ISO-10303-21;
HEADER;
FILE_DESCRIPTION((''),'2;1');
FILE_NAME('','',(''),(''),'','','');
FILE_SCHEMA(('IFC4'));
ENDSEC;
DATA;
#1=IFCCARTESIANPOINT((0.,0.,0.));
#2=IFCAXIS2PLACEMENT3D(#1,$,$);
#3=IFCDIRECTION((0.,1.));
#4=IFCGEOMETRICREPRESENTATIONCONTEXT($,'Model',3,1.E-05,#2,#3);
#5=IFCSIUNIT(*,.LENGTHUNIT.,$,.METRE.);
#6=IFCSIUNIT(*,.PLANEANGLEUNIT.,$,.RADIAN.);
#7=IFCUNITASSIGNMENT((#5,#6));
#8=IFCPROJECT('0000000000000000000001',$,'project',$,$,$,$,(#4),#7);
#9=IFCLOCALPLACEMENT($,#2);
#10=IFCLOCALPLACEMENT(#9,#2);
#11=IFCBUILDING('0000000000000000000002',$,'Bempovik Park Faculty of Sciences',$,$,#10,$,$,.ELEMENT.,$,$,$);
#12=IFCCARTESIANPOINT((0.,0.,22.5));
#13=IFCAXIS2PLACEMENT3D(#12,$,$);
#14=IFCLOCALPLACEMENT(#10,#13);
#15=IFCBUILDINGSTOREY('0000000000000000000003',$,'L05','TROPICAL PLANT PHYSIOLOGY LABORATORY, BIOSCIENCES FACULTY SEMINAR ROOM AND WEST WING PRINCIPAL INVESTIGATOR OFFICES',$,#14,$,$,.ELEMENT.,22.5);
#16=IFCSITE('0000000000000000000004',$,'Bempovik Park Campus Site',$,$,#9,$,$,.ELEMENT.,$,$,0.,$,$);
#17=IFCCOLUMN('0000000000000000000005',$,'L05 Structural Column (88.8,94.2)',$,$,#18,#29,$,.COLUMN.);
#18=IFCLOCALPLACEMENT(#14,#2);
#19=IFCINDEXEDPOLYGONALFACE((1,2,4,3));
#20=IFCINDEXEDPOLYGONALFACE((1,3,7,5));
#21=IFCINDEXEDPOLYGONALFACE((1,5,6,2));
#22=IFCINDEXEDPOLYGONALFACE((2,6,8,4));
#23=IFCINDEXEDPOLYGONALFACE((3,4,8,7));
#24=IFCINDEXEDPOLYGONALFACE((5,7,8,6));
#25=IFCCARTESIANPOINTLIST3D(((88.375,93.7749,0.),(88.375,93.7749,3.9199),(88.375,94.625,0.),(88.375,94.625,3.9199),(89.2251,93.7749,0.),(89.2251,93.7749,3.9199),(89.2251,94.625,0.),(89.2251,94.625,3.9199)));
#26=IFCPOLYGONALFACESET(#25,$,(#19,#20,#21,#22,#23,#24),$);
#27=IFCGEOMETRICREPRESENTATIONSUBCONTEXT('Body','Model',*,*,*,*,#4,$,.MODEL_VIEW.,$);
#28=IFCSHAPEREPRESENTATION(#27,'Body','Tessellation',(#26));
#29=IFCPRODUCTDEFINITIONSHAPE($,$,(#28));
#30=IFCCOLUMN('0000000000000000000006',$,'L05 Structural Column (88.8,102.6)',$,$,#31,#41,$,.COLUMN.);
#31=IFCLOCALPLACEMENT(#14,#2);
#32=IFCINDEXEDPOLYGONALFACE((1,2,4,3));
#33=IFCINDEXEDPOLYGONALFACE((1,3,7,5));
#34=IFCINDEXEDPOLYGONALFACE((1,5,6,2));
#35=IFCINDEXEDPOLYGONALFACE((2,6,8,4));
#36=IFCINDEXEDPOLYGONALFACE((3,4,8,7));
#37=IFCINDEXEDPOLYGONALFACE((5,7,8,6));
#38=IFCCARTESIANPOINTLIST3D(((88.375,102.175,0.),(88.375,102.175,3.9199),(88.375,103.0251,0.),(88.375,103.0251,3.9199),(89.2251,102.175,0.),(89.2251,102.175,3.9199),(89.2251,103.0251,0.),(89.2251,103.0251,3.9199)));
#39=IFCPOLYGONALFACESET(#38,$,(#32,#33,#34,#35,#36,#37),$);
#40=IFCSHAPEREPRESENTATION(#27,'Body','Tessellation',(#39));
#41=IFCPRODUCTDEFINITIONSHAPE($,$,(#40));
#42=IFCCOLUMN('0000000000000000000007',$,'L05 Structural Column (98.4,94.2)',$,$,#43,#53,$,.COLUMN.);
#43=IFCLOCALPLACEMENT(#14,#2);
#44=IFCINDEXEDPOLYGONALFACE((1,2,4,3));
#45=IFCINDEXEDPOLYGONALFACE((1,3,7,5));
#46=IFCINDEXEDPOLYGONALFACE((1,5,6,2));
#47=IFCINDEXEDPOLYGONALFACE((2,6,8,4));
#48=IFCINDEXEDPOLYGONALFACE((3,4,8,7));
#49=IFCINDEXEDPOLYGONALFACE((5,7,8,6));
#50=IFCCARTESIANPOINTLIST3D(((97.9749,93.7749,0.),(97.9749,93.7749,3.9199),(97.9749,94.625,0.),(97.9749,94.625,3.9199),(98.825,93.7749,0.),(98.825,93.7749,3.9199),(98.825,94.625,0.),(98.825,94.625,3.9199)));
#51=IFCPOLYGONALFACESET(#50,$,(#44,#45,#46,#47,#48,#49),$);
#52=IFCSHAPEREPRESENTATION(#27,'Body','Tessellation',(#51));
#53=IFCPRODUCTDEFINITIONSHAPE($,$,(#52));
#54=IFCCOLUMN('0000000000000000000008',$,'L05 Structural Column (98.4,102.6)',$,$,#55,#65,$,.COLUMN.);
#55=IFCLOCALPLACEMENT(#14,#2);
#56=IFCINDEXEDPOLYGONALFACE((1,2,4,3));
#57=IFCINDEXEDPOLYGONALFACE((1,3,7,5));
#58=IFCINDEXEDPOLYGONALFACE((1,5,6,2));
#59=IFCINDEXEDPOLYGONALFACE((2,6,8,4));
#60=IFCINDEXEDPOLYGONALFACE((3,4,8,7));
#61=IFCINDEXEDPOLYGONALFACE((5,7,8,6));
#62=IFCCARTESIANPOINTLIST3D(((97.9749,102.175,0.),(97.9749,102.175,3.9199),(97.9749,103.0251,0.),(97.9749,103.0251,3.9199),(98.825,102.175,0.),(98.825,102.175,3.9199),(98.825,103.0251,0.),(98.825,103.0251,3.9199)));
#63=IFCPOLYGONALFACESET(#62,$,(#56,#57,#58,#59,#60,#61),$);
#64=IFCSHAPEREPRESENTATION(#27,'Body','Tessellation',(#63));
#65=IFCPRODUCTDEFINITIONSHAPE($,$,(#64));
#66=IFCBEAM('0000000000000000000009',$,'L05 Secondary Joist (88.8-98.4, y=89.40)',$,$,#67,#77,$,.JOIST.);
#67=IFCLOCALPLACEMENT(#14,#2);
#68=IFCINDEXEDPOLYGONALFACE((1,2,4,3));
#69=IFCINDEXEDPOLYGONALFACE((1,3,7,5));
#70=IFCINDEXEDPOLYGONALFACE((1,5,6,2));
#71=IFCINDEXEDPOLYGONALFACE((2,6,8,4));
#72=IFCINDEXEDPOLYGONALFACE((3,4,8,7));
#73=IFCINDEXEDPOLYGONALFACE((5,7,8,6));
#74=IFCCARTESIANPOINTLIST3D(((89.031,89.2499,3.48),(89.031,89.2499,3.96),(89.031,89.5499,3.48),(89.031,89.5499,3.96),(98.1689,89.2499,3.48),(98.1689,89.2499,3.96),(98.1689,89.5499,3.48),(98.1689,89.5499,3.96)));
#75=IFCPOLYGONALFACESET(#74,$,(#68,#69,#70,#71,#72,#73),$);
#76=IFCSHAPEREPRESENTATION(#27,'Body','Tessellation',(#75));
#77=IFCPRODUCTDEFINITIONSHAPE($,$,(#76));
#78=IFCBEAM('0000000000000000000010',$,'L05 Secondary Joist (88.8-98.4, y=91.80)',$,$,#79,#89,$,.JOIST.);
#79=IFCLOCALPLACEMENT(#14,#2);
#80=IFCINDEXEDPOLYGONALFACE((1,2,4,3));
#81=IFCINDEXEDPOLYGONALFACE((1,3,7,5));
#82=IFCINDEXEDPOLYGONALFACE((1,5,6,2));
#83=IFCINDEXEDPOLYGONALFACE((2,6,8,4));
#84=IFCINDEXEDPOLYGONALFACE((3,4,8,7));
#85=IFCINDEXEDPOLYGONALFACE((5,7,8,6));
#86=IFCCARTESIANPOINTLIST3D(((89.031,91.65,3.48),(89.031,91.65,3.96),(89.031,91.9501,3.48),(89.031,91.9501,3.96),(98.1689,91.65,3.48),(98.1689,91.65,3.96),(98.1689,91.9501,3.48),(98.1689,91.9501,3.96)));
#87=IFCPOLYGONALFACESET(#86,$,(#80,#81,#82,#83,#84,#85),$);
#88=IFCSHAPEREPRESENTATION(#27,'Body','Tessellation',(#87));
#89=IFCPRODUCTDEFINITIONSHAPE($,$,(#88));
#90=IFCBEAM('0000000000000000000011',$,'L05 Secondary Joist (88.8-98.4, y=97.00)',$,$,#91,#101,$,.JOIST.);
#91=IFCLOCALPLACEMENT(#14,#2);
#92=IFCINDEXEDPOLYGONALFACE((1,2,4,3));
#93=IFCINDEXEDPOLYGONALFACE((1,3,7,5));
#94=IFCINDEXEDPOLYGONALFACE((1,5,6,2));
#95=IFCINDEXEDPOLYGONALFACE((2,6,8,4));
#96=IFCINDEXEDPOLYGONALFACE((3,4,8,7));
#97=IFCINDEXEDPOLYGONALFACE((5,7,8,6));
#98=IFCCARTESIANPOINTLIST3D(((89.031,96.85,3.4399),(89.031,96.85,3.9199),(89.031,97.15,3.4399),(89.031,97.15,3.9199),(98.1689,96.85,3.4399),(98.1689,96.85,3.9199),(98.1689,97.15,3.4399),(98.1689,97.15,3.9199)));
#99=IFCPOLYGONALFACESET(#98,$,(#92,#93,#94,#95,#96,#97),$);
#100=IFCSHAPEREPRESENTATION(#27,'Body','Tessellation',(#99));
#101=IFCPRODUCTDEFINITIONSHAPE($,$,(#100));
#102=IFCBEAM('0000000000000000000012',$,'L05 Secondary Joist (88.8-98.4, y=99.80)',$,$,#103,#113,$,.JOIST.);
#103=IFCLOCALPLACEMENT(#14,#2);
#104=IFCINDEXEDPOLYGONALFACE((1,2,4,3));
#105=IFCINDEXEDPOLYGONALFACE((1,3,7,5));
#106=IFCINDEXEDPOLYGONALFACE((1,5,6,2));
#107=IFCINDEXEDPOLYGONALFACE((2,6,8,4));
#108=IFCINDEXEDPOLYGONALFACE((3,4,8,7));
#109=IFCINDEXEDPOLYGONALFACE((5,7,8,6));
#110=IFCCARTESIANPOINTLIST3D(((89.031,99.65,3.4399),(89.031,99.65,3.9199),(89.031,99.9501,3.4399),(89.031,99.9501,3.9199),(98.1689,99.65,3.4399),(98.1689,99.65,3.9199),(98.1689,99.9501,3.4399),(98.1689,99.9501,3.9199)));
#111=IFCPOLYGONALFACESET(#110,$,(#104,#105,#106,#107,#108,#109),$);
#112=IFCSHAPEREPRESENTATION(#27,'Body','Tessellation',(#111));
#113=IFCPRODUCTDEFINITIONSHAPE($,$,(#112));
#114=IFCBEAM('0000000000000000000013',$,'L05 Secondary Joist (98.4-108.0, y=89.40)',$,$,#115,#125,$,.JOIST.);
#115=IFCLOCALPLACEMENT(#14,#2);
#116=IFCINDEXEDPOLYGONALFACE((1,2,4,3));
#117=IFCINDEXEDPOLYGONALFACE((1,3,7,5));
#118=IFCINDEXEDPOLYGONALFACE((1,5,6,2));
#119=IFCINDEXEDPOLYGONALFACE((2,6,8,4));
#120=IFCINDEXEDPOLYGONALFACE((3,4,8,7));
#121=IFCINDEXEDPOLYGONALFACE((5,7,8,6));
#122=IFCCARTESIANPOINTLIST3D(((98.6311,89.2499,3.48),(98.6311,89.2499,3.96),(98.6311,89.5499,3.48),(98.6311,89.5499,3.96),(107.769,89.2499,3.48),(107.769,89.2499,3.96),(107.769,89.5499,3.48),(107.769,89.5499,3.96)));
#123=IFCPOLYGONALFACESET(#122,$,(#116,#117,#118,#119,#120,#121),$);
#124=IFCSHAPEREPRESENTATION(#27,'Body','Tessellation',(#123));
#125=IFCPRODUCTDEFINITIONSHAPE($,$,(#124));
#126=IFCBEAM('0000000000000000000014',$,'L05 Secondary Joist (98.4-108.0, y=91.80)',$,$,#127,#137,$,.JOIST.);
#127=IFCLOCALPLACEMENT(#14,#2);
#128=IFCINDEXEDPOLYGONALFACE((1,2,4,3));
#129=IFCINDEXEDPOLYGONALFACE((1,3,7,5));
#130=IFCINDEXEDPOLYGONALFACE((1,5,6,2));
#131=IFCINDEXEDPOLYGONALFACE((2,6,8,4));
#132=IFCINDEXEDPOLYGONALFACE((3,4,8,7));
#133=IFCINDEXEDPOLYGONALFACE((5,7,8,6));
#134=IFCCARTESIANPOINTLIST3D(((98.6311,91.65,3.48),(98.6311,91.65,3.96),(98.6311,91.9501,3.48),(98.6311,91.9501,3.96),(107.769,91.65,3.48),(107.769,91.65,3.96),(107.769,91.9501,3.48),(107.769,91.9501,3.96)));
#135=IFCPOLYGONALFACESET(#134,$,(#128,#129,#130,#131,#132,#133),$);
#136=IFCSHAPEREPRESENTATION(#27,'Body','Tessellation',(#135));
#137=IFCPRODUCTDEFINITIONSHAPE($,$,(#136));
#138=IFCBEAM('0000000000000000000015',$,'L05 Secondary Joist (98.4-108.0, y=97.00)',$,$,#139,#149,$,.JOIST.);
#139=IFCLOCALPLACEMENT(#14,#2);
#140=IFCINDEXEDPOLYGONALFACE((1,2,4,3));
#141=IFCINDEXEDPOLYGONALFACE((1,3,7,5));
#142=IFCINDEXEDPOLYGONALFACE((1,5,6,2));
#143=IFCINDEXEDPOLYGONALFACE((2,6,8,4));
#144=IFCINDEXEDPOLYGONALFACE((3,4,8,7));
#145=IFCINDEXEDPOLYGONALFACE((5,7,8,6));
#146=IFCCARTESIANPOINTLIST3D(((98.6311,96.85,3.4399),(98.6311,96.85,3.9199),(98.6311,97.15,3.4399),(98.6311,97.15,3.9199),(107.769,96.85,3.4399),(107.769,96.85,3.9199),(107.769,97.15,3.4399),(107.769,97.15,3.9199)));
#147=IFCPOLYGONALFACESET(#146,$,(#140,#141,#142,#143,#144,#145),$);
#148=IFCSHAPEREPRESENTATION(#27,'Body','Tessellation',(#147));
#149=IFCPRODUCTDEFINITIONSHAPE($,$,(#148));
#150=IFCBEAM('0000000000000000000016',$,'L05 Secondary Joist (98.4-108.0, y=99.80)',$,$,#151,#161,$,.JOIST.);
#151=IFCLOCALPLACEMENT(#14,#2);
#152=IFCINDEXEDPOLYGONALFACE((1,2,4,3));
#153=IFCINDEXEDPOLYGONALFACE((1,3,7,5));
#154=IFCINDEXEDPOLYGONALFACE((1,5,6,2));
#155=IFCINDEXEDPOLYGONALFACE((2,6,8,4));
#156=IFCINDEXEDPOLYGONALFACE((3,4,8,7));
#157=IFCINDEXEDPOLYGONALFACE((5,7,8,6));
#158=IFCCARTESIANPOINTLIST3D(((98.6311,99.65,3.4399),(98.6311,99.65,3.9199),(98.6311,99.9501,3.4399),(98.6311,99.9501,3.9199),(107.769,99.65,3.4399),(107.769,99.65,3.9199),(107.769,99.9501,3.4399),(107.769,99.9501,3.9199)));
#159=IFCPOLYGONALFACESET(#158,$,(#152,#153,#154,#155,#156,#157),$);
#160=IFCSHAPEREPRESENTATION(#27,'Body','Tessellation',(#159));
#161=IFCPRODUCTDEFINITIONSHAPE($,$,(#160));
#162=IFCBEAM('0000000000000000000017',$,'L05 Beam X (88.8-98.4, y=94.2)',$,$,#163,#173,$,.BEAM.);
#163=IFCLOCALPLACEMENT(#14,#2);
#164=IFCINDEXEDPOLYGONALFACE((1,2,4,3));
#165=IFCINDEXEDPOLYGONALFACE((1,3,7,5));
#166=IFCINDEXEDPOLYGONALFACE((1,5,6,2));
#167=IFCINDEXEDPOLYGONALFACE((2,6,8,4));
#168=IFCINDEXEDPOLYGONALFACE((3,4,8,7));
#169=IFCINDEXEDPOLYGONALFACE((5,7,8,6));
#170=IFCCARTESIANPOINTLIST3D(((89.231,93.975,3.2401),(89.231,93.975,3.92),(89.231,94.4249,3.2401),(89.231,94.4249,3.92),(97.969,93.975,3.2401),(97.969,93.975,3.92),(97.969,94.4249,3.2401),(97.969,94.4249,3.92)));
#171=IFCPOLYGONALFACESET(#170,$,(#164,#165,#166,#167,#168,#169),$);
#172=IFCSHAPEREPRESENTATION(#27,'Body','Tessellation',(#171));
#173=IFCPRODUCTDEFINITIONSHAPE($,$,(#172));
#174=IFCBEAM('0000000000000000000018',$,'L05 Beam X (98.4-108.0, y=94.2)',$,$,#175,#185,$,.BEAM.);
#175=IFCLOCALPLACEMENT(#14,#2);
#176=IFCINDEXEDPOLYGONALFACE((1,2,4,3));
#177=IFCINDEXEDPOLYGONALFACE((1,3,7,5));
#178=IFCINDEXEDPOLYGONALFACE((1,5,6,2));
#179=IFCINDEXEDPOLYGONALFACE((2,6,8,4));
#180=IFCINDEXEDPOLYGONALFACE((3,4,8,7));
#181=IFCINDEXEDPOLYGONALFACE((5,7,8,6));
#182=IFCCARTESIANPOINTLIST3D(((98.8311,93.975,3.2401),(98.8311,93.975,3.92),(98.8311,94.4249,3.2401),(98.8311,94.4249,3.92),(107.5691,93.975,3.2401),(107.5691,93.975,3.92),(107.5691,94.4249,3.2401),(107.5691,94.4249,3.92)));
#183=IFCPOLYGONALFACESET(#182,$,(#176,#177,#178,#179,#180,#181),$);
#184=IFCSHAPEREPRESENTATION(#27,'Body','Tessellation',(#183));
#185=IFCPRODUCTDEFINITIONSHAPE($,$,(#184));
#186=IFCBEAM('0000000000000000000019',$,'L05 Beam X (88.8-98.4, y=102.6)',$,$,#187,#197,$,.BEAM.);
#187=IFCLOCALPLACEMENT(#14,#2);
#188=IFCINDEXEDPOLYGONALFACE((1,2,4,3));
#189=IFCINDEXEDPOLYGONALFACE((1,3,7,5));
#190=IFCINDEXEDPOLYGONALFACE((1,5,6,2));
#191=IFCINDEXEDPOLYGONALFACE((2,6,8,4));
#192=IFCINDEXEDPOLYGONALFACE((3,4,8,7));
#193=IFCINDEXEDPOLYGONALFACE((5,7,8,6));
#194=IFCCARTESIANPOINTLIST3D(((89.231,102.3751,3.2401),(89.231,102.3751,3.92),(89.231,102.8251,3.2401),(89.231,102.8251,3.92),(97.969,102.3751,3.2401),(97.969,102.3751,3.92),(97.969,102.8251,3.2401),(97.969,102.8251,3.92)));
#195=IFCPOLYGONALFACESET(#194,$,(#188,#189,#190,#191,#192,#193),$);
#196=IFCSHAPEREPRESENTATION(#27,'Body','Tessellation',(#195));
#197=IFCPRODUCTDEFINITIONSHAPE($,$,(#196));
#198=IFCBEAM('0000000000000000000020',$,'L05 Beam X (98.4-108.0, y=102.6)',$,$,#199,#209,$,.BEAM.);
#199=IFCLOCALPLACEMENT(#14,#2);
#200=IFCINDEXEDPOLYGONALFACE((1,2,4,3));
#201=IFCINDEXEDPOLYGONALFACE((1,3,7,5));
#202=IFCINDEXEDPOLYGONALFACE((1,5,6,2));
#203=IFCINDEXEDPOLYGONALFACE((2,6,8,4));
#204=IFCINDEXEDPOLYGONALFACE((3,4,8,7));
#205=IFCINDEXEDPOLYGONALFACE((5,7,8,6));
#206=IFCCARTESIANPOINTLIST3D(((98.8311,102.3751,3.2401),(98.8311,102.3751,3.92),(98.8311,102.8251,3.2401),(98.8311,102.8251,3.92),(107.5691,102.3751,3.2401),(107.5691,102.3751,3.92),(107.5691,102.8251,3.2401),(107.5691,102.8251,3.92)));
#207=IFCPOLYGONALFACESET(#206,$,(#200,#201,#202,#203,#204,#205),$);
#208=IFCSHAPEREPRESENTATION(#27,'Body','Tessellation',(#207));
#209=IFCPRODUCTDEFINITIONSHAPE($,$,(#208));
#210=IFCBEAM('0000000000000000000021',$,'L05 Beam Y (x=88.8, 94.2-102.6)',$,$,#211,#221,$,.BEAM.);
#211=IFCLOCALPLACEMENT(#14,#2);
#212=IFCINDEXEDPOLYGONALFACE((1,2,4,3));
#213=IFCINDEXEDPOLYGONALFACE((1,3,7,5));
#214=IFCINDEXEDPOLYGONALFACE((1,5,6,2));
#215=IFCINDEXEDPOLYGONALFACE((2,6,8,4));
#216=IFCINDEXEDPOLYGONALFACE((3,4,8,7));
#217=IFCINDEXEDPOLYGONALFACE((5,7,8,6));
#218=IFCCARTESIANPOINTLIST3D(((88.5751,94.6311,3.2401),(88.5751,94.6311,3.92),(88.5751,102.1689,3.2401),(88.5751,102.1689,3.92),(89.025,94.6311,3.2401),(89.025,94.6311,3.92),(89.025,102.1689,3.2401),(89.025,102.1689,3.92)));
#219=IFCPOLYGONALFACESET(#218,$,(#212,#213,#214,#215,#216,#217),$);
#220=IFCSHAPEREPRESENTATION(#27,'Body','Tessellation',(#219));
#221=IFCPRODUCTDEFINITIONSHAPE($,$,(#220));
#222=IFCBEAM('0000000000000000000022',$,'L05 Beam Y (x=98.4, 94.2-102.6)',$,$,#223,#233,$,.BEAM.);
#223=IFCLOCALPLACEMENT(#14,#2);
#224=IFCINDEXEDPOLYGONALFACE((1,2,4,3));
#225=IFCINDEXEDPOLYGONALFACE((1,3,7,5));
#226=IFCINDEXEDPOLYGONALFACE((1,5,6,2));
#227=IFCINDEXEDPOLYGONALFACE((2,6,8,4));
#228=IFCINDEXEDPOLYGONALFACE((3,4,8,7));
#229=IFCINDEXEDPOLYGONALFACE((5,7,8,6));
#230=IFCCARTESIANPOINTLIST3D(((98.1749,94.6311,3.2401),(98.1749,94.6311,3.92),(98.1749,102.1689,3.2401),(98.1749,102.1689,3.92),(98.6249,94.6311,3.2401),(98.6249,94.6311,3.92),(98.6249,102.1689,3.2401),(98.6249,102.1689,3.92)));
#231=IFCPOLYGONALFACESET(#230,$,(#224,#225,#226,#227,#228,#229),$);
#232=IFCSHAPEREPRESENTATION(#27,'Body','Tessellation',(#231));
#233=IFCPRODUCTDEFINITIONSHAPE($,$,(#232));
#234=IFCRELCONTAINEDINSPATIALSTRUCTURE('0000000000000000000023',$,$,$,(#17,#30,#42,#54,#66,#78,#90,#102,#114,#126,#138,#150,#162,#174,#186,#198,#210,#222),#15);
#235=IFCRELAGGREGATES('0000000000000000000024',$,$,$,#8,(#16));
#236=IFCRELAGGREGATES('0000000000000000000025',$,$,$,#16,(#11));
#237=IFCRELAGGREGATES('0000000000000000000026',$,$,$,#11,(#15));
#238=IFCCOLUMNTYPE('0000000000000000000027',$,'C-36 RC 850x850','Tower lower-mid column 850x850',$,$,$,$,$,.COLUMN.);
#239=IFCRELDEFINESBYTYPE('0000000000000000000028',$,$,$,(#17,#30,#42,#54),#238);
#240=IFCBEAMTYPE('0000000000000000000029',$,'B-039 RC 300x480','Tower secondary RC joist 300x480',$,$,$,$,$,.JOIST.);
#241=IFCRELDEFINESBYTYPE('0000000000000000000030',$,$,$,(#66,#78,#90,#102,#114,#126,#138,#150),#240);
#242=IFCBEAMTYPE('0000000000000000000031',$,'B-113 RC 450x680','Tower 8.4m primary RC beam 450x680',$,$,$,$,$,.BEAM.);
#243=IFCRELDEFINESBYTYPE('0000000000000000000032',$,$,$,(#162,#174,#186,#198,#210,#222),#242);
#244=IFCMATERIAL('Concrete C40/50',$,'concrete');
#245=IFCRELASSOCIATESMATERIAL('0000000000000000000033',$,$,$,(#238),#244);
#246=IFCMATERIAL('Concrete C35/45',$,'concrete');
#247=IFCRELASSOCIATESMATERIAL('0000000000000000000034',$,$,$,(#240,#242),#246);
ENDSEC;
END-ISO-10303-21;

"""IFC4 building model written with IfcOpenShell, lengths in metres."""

from ifc_helpers import new_model, si_unit, direction, frame, origin, origin_2d, place, context, subcontext, project, spatial, rectangle, extrude, material, material_profile, profile_set, type_object, element, save


model = new_model("IFC4")

# Units and contexts
model_context = context("Model", 3, precision=1e-05, world=origin(), true_north=direction((0.0, 1.0)))
body_context = subcontext(model_context, "Body", "Model", "MODEL_VIEW")
ifc_project = project(units=[si_unit("LENGTHUNIT", "METRE"), si_unit("PLANEANGLEUNIT", "RADIAN")], contexts=[model_context])

# Site, building, storey
site_placement = place(None, origin())
site = spatial("IfcSite", under=ifc_project, at=site_placement, Name="Bempovik Park Campus Site", CompositionType="ELEMENT", RefElevation=0.0)
building_placement = place(site_placement, origin())
building = spatial("IfcBuilding", under=site, at=building_placement, Name="Bempovik Park Faculty of Sciences", CompositionType="ELEMENT")
storey_placement = place(building_placement, frame((0.0, 0.0, 22.5)))
storey = spatial("IfcBuildingStorey", under=building, at=storey_placement, Name="L05", Description="TROPICAL PLANT PHYSIOLOGY LABORATORY, BIOSCIENCES FACULTY SEMINAR ROOM AND WEST WING PRINCIPAL INVESTIGATOR OFFICES", CompositionType="ELEMENT", Elevation=22.5)

# Columns
ifc_material_1 = material(Name="Concrete C40/50", Category="concrete")
ifc_material_profile_1 = material_profile(ifc_material_1, rectangle(XDim=0.8501, YDim=0.8501, at=origin_2d()), Name="RC 850x850")
ifc_profile_set_1 = profile_set([ifc_material_profile_1], Name="Concrete C40/50")
column_type = type_object("IfcColumnType", Name="C-36 RC 850x850", Description="Tower lower-mid column 850x850", PredefinedType="COLUMN", material=ifc_profile_set_1)
for number, where, z_axis, x_axis, name in (
    (1, (88.8, 94.2, 0.0), (0.0, 0.0, 1.0), (1.0, 0.0, 0.0), "L05 Structural Column (88.8,94.2)"),
    (2, (88.8, 102.6001, 0.0), (0.0, 0.0, 1.0), (1.0, 0.0, 0.0), "L05 Structural Column (88.8,102.6)"),
    (3, (98.3999, 94.2, 0.0), (0.0, 0.0, 1.0), (1.0, 0.0, 0.0), "L05 Structural Column (98.4,94.2)"),
    (4, (98.3999, 102.6001, 0.0), (0.0, 0.0, 1.0), (1.0, 0.0, 0.0), "L05 Structural Column (98.4,102.6)"),
):
    element("IfcColumn", number, at=place(storey_placement, frame(where, z_axis=z_axis, x_axis=x_axis)), inside=storey, type_object=column_type, Name=name, PredefinedType="COLUMN", context=body_context, shape_type="SweptSolid", body=[
        extrude(rectangle(XDim=0.8501, YDim=0.8501, at=origin_2d()), origin(), (0.0, 0.0, 1.0), 3.9199),
    ])

# Beams
ifc_material_2 = material(Name="Concrete C35/45", Category="concrete")
ifc_material_profile_2 = material_profile(ifc_material_2, rectangle(XDim=0.3, YDim=0.48, at=origin_2d()), Name="RC 300x480")
ifc_profile_set_2 = profile_set([ifc_material_profile_2], Name="Concrete C35/45")
beam_type_1 = type_object("IfcBeamType", Name="B-039 RC 300x480", Description="Tower secondary RC joist 300x480", PredefinedType="JOIST", material=ifc_profile_set_2)
for number, where, z_axis, x_axis, name in (
    (5, (89.031, 89.3999, 3.72), (1.0, 0.0, 0.0), (0.0, 1.0, 0.0), "L05 Secondary Joist (88.8-98.4, y=89.40)"),
    (6, (89.031, 91.8, 3.72), (1.0, 0.0, 0.0), (0.0, 1.0, 0.0), "L05 Secondary Joist (88.8-98.4, y=91.80)"),
    (7, (89.031, 97.0, 3.6799), (1.0, 0.0, 0.0), (0.0, 1.0, 0.0), "L05 Secondary Joist (88.8-98.4, y=97.00)"),
    (8, (89.031, 99.8, 3.6799), (1.0, 0.0, 0.0), (0.0, 1.0, 0.0), "L05 Secondary Joist (88.8-98.4, y=99.80)"),
    (9, (98.6311, 89.3999, 3.72), (1.0, 0.0, 0.0), (0.0, 1.0, 0.0), "L05 Secondary Joist (98.4-108.0, y=89.40)"),
    (10, (98.6311, 91.8, 3.72), (1.0, 0.0, 0.0), (0.0, 1.0, 0.0), "L05 Secondary Joist (98.4-108.0, y=91.80)"),
    (11, (98.6311, 97.0, 3.6799), (1.0, 0.0, 0.0), (0.0, 1.0, 0.0), "L05 Secondary Joist (98.4-108.0, y=97.00)"),
    (12, (98.6311, 99.8, 3.6799), (1.0, 0.0, 0.0), (0.0, 1.0, 0.0), "L05 Secondary Joist (98.4-108.0, y=99.80)"),
):
    element("IfcBeam", number, at=place(storey_placement, frame(where, z_axis=z_axis, x_axis=x_axis)), inside=storey, type_object=beam_type_1, Name=name, PredefinedType="JOIST", context=body_context, shape_type="SweptSolid", body=[
        extrude(rectangle(XDim=0.3, YDim=0.48, at=origin_2d()), origin(), (0.0, 0.0, 1.0), 9.1379),
    ])
ifc_material_profile_3 = material_profile(ifc_material_2, rectangle(XDim=0.45, YDim=0.6799, at=origin_2d()), Name="RC 450x680")
ifc_profile_set_3 = profile_set([ifc_material_profile_3], Name="Concrete C35/45")
beam_type_2 = type_object("IfcBeamType", Name="B-113 RC 450x680", Description="Tower 8.4m primary RC beam 450x680", PredefinedType="BEAM", material=ifc_profile_set_3)
for number, where, z_axis, x_axis, name in (
    (13, (89.231, 94.2, 3.5801), (1.0, 0.0, 0.0), (0.0, 1.0, 0.0), "L05 Beam X (88.8-98.4, y=94.2)"),
    (14, (98.8311, 94.2, 3.5801), (1.0, 0.0, 0.0), (0.0, 1.0, 0.0), "L05 Beam X (98.4-108.0, y=94.2)"),
    (15, (89.231, 102.6001, 3.5801), (1.0, 0.0, 0.0), (0.0, 1.0, 0.0), "L05 Beam X (88.8-98.4, y=102.6)"),
    (16, (98.8311, 102.6001, 3.5801), (1.0, 0.0, 0.0), (0.0, 1.0, 0.0), "L05 Beam X (98.4-108.0, y=102.6)"),
):
    element("IfcBeam", number, at=place(storey_placement, frame(where, z_axis=z_axis, x_axis=x_axis)), inside=storey, type_object=beam_type_2, Name=name, PredefinedType="BEAM", context=body_context, shape_type="SweptSolid", body=[
        extrude(rectangle(XDim=0.45, YDim=0.6799, at=origin_2d()), origin(), (0.0, 0.0, 1.0), 8.738),
    ])
for number, where, z_axis, x_axis, name in (
    (17, (88.8, 94.6311, 3.5801), (0.0, 1.0, 0.0), (-1.0, 0.0, 0.0), "L05 Beam Y (x=88.8, 94.2-102.6)"),
    (18, (98.3999, 94.6311, 3.5801), (0.0, 1.0, 0.0), (-1.0, 0.0, 0.0), "L05 Beam Y (x=98.4, 94.2-102.6)"),
):
    element("IfcBeam", number, at=place(storey_placement, frame(where, z_axis=z_axis, x_axis=x_axis)), inside=storey, type_object=beam_type_2, Name=name, PredefinedType="BEAM", context=body_context, shape_type="SweptSolid", body=[
        extrude(rectangle(XDim=0.45, YDim=0.6799, at=origin_2d()), origin(), (0.0, 0.0, 1.0), 7.5378),
    ])

save(model, "model.ifc")
